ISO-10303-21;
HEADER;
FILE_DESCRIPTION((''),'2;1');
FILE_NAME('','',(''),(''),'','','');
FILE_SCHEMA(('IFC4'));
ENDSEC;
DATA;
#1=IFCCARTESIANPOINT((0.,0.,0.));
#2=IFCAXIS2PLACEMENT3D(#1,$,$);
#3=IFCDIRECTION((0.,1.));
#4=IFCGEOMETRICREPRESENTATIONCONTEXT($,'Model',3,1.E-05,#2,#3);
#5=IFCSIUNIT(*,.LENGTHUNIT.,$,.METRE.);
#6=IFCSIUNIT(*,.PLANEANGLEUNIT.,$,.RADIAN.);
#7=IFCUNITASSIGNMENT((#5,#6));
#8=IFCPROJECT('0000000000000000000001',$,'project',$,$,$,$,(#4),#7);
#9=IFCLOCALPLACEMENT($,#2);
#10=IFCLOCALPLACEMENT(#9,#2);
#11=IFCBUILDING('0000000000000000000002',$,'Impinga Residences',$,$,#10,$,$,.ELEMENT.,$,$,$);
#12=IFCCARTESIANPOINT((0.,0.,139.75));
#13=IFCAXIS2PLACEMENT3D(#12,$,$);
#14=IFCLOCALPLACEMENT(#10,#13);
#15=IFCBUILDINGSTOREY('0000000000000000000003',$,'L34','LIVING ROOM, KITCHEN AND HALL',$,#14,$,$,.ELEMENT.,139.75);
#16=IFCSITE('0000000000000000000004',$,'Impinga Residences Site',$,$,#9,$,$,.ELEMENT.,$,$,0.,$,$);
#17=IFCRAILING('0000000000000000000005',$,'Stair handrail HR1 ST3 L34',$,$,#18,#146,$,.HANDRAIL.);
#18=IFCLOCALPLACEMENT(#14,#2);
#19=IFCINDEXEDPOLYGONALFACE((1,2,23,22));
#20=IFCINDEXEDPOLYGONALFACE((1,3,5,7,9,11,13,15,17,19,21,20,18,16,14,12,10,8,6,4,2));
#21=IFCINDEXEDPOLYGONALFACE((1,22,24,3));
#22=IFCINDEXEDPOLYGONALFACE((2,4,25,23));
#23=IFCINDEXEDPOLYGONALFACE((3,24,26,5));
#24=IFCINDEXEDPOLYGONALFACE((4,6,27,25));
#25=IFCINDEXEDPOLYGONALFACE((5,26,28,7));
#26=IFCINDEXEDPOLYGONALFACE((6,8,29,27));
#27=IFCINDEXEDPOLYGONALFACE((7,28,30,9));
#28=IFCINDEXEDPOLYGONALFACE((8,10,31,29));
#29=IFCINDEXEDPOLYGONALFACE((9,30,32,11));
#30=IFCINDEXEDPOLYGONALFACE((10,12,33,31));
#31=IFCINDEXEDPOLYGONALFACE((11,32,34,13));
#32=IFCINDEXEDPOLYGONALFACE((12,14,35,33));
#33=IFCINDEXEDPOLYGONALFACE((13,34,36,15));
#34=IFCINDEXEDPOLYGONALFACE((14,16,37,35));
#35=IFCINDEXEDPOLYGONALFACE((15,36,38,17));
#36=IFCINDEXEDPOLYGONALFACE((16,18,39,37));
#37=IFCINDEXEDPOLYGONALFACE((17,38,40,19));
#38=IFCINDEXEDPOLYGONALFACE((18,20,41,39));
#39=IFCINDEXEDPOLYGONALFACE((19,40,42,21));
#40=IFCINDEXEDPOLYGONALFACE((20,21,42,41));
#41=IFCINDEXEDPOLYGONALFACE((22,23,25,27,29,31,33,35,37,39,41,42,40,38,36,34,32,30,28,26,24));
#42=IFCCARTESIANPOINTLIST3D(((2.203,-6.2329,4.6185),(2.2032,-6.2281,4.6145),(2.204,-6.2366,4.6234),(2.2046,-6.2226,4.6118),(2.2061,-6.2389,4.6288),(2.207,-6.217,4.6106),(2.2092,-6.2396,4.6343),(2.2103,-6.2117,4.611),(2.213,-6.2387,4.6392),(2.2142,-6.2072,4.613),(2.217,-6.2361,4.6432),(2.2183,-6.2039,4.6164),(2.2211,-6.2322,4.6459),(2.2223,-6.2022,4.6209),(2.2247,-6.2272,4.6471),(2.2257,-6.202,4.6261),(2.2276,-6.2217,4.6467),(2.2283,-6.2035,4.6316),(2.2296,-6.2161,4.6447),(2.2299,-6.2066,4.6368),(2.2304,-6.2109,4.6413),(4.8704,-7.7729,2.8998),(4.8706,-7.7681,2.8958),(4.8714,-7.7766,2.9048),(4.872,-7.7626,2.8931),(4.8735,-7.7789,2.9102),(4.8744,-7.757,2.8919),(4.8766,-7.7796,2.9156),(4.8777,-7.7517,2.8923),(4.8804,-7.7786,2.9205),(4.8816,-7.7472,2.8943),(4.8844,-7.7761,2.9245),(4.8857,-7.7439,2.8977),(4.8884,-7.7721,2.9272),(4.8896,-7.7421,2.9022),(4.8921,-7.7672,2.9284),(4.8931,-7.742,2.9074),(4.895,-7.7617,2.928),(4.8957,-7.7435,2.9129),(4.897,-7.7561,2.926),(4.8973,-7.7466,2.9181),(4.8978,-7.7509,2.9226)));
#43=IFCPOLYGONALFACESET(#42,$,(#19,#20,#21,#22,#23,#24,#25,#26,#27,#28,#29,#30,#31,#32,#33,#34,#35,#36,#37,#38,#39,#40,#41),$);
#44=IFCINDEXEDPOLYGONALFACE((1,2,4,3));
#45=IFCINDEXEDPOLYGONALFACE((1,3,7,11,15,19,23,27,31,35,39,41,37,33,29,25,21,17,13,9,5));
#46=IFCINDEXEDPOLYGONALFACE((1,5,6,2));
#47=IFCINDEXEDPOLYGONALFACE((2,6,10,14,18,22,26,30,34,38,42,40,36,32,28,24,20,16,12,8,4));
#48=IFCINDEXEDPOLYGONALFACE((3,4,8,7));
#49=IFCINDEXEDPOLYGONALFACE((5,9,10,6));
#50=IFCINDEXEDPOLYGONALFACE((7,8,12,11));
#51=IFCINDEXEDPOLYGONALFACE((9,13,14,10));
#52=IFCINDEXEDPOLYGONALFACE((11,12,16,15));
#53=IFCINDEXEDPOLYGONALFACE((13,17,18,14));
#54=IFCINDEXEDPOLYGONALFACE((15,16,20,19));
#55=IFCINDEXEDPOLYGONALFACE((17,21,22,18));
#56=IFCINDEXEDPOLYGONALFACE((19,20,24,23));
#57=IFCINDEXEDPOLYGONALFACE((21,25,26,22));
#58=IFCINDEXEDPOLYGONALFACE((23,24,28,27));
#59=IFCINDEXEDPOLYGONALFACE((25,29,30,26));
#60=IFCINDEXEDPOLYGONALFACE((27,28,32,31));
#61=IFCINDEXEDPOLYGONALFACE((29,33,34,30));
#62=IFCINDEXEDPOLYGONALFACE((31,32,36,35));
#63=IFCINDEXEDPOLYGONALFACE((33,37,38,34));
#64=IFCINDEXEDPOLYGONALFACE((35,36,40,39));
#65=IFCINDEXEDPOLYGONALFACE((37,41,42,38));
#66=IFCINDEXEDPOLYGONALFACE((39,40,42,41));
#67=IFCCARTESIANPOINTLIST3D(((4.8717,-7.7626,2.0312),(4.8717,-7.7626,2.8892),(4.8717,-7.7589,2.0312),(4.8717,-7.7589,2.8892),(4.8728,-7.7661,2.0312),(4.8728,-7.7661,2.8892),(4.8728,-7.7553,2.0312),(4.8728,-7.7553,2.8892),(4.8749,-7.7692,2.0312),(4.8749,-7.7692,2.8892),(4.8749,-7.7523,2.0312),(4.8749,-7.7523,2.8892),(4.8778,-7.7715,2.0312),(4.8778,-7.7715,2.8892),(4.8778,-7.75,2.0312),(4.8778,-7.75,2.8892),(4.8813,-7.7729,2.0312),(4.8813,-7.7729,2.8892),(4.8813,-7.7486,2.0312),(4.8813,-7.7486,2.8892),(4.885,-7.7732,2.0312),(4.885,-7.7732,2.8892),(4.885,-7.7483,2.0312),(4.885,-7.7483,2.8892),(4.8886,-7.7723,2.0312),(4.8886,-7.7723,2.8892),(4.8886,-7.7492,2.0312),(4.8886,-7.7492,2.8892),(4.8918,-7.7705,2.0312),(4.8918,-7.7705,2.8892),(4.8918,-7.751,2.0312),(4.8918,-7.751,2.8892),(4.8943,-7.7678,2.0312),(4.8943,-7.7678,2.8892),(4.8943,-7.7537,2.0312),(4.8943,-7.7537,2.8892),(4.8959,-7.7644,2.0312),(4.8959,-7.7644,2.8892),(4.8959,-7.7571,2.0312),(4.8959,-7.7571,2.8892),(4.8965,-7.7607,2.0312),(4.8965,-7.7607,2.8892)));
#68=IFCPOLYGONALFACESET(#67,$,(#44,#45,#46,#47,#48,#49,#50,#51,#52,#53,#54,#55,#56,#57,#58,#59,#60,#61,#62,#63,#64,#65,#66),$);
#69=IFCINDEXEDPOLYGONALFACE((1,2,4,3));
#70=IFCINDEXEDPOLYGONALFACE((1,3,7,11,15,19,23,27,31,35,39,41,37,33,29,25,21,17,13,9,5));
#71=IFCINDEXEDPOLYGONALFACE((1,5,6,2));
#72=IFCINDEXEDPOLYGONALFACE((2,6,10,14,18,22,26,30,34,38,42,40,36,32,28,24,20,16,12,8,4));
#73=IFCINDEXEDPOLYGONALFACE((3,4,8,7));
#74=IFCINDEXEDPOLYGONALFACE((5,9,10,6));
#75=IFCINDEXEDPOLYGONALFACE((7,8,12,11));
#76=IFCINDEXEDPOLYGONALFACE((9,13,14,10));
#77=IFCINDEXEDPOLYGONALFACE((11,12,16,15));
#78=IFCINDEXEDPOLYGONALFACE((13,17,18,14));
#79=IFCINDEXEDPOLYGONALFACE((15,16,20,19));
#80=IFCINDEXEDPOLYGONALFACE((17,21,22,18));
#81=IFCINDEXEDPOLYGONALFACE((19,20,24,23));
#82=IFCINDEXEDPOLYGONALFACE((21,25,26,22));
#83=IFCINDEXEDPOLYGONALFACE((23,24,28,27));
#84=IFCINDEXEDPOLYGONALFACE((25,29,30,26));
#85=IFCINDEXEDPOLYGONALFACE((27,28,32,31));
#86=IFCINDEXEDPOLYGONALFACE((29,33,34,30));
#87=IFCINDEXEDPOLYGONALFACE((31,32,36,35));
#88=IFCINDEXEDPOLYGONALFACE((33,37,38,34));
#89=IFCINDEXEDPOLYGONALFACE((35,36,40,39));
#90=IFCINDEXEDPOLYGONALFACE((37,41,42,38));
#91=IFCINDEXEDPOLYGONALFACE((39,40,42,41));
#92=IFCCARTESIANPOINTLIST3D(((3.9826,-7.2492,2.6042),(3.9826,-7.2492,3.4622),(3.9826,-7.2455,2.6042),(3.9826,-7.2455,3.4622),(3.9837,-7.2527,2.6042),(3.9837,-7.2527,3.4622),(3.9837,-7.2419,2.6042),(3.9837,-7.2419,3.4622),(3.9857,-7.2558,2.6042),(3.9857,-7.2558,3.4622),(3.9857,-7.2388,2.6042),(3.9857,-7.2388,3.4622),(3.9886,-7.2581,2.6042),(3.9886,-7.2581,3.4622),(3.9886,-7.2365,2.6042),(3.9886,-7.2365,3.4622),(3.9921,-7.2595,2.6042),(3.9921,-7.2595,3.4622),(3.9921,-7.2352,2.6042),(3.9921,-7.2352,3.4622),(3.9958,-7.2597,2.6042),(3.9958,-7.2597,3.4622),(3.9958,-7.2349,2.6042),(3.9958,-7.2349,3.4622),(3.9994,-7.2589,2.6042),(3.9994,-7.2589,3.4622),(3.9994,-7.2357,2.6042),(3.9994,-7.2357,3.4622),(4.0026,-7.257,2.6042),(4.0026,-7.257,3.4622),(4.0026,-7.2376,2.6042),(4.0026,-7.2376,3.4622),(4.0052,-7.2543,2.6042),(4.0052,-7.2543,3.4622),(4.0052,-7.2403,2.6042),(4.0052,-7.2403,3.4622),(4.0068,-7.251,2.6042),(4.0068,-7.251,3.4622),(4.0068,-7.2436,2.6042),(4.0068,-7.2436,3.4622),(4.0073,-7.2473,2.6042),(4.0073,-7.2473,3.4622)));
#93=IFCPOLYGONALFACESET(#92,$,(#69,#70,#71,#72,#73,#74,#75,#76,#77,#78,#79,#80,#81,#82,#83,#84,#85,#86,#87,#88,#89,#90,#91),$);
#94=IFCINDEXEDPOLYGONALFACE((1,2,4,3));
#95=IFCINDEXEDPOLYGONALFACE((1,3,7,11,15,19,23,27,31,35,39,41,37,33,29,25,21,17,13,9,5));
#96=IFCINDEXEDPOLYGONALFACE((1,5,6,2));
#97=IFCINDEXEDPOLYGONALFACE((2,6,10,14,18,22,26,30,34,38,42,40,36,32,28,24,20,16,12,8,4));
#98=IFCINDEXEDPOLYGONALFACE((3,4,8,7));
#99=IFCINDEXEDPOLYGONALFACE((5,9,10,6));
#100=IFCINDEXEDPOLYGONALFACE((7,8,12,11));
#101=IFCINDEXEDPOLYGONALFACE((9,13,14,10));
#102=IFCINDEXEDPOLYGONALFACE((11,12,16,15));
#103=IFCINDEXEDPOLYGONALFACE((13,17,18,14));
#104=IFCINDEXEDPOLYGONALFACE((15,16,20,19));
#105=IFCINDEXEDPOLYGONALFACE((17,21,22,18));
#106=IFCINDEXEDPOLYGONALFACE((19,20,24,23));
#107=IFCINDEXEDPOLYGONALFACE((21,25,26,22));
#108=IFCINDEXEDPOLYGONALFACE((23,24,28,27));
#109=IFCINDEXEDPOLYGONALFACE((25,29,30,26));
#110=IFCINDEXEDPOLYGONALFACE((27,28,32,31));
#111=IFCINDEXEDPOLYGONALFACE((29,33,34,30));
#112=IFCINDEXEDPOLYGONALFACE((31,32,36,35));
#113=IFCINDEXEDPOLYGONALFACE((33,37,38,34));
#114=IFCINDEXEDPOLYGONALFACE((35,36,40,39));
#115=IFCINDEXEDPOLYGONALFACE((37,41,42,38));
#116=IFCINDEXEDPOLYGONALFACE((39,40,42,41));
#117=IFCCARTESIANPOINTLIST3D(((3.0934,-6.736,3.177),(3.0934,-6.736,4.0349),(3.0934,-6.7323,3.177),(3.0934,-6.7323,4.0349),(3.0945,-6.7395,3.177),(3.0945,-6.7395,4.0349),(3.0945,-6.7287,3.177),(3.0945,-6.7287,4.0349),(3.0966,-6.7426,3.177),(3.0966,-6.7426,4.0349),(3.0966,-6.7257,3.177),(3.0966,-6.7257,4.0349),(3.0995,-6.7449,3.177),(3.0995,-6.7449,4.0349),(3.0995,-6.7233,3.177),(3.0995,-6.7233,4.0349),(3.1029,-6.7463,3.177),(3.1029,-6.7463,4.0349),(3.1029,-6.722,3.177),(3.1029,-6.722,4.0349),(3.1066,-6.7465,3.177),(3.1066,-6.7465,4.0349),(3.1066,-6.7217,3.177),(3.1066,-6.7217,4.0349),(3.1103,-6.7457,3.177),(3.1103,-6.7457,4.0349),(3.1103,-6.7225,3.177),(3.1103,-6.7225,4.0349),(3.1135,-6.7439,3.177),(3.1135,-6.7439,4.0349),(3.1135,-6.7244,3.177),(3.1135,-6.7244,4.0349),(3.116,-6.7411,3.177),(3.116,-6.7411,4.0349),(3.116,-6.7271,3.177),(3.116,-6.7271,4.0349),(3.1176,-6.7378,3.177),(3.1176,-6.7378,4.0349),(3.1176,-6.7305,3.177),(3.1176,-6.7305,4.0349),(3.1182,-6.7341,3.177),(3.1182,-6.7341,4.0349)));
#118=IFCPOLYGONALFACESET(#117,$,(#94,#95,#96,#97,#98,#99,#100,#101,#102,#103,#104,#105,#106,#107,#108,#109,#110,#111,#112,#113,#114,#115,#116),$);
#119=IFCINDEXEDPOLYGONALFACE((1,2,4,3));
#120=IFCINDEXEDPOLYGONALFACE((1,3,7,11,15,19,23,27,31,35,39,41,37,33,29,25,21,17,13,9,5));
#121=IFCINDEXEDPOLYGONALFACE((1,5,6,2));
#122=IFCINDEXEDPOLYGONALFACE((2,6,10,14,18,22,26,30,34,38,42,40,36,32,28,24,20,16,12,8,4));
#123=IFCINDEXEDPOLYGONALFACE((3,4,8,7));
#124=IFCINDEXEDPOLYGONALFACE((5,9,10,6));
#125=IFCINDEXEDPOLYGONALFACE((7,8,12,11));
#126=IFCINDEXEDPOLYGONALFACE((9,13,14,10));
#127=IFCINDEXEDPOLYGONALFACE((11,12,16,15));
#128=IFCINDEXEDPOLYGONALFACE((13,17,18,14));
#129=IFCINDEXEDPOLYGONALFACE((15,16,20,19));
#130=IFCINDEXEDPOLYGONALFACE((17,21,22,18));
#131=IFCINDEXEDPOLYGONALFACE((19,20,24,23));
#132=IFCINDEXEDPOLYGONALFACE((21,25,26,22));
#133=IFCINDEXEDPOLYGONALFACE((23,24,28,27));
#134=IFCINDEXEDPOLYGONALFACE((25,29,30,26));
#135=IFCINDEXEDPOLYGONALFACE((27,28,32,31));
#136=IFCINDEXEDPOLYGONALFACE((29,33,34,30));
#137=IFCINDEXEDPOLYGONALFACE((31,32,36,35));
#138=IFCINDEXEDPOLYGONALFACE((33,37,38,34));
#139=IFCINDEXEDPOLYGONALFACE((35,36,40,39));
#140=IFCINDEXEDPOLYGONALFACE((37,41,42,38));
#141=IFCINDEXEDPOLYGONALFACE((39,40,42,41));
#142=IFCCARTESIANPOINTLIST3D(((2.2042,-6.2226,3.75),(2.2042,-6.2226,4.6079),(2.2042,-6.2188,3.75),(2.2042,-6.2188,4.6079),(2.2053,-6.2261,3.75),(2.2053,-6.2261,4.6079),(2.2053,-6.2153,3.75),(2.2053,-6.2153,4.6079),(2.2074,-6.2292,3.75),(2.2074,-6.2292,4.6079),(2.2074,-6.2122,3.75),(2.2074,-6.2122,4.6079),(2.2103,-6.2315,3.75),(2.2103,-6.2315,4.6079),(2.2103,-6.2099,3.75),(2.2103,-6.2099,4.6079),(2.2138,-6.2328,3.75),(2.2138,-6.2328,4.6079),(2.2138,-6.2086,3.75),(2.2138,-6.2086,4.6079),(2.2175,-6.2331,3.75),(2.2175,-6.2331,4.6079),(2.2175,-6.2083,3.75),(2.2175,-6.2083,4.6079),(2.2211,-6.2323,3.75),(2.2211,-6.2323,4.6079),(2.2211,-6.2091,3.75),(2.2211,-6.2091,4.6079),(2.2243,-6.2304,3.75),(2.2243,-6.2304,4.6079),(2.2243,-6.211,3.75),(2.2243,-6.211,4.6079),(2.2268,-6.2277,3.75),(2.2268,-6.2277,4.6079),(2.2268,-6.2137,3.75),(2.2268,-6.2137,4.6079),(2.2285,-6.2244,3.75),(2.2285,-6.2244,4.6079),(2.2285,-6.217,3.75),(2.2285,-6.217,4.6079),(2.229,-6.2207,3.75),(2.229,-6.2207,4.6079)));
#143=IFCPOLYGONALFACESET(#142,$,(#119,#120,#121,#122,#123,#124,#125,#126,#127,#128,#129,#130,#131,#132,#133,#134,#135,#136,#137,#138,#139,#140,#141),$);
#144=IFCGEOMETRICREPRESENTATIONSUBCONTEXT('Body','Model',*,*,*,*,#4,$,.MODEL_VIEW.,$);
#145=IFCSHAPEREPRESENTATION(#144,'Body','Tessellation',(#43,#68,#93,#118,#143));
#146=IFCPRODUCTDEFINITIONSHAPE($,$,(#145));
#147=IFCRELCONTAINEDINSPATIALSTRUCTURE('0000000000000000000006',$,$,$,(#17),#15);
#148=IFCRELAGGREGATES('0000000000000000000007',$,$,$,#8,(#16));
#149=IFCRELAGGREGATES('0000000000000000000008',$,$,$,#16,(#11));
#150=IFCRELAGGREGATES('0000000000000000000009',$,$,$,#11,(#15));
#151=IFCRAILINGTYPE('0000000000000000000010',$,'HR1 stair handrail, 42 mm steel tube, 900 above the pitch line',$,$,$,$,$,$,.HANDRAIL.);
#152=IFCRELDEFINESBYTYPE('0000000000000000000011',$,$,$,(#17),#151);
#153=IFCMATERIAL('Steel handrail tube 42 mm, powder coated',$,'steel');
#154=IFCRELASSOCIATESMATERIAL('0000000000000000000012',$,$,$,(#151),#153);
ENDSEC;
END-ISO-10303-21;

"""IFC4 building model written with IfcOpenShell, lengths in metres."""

from ifc_helpers import new_model, si_unit, direction, frame, origin, origin_2d, place, context, subcontext, project, spatial, circle, extrude, material, type_object, element, save


model = new_model("IFC4")

# Units and contexts
model_context = context("Model", 3, precision=1e-05, world=origin(), true_north=direction((0.0, 1.0)))
body_context = subcontext(model_context, "Body", "Model", "MODEL_VIEW")
ifc_project = project(units=[si_unit("LENGTHUNIT", "METRE"), si_unit("PLANEANGLEUNIT", "RADIAN")], contexts=[model_context])

# Site, building, storey
site_placement = place(None, origin())
site = spatial("IfcSite", under=ifc_project, at=site_placement, Name="Impinga Residences Site", CompositionType="ELEMENT", RefElevation=0.0)
building_placement = place(site_placement, origin())
building = spatial("IfcBuilding", under=site, at=building_placement, Name="Impinga Residences", CompositionType="ELEMENT")
storey_placement = place(building_placement, frame((0.0, 0.0, 139.75)))
storey = spatial("IfcBuildingStorey", under=building, at=storey_placement, Name="L34", Description="LIVING ROOM, KITCHEN AND HALL", CompositionType="ELEMENT", Elevation=139.75)

# Railing
ifc_material_1 = material(Name="Steel handrail tube 42 mm, powder coated", Category="steel")
railing_type_1 = type_object("IfcRailingType", Name="HR1 stair handrail, 42 mm steel tube, 900 above the pitch line", PredefinedType="HANDRAIL", material=ifc_material_1)
railing_1_placement = place(storey_placement, frame((4.884, -7.7607, 2.0312)))
element("IfcRailing", 1, at=railing_1_placement, inside=storey, type_object=railing_type_1, Name="Stair handrail HR1 ST3 L34", PredefinedType="HANDRAIL", context=body_context, shape_type="SweptSolid", body=[
    extrude(circle(Radius=0.021, at=origin_2d()), frame((0.0, 0.0, 0.8789), z_axis=(-0.756256, 0.436616, 0.487282), x_axis=(-0.499992, -0.86603, 0.0)), (0.0, 0.0, 1.0), 3.5271),
    extrude(circle(Radius=0.0125, at=origin_2d()), origin(), (0.0, 0.0, 1.0), 0.8579),
    extrude(circle(Radius=0.0125, at=origin_2d()), frame((-0.8892, 0.5134, 0.573)), (0.0, 0.0, 1.0), 0.8579),
    extrude(circle(Radius=0.0125, at=origin_2d()), frame((-1.7783, 1.0266, 1.1458)), (0.0, 0.0, 1.0), 0.8579),
    extrude(circle(Radius=0.0125, at=origin_2d()), frame((-2.6675, 1.54, 1.7188)), (0.0, 0.0, 1.0), 0.8579),
])

save(model, "model.ifc")
